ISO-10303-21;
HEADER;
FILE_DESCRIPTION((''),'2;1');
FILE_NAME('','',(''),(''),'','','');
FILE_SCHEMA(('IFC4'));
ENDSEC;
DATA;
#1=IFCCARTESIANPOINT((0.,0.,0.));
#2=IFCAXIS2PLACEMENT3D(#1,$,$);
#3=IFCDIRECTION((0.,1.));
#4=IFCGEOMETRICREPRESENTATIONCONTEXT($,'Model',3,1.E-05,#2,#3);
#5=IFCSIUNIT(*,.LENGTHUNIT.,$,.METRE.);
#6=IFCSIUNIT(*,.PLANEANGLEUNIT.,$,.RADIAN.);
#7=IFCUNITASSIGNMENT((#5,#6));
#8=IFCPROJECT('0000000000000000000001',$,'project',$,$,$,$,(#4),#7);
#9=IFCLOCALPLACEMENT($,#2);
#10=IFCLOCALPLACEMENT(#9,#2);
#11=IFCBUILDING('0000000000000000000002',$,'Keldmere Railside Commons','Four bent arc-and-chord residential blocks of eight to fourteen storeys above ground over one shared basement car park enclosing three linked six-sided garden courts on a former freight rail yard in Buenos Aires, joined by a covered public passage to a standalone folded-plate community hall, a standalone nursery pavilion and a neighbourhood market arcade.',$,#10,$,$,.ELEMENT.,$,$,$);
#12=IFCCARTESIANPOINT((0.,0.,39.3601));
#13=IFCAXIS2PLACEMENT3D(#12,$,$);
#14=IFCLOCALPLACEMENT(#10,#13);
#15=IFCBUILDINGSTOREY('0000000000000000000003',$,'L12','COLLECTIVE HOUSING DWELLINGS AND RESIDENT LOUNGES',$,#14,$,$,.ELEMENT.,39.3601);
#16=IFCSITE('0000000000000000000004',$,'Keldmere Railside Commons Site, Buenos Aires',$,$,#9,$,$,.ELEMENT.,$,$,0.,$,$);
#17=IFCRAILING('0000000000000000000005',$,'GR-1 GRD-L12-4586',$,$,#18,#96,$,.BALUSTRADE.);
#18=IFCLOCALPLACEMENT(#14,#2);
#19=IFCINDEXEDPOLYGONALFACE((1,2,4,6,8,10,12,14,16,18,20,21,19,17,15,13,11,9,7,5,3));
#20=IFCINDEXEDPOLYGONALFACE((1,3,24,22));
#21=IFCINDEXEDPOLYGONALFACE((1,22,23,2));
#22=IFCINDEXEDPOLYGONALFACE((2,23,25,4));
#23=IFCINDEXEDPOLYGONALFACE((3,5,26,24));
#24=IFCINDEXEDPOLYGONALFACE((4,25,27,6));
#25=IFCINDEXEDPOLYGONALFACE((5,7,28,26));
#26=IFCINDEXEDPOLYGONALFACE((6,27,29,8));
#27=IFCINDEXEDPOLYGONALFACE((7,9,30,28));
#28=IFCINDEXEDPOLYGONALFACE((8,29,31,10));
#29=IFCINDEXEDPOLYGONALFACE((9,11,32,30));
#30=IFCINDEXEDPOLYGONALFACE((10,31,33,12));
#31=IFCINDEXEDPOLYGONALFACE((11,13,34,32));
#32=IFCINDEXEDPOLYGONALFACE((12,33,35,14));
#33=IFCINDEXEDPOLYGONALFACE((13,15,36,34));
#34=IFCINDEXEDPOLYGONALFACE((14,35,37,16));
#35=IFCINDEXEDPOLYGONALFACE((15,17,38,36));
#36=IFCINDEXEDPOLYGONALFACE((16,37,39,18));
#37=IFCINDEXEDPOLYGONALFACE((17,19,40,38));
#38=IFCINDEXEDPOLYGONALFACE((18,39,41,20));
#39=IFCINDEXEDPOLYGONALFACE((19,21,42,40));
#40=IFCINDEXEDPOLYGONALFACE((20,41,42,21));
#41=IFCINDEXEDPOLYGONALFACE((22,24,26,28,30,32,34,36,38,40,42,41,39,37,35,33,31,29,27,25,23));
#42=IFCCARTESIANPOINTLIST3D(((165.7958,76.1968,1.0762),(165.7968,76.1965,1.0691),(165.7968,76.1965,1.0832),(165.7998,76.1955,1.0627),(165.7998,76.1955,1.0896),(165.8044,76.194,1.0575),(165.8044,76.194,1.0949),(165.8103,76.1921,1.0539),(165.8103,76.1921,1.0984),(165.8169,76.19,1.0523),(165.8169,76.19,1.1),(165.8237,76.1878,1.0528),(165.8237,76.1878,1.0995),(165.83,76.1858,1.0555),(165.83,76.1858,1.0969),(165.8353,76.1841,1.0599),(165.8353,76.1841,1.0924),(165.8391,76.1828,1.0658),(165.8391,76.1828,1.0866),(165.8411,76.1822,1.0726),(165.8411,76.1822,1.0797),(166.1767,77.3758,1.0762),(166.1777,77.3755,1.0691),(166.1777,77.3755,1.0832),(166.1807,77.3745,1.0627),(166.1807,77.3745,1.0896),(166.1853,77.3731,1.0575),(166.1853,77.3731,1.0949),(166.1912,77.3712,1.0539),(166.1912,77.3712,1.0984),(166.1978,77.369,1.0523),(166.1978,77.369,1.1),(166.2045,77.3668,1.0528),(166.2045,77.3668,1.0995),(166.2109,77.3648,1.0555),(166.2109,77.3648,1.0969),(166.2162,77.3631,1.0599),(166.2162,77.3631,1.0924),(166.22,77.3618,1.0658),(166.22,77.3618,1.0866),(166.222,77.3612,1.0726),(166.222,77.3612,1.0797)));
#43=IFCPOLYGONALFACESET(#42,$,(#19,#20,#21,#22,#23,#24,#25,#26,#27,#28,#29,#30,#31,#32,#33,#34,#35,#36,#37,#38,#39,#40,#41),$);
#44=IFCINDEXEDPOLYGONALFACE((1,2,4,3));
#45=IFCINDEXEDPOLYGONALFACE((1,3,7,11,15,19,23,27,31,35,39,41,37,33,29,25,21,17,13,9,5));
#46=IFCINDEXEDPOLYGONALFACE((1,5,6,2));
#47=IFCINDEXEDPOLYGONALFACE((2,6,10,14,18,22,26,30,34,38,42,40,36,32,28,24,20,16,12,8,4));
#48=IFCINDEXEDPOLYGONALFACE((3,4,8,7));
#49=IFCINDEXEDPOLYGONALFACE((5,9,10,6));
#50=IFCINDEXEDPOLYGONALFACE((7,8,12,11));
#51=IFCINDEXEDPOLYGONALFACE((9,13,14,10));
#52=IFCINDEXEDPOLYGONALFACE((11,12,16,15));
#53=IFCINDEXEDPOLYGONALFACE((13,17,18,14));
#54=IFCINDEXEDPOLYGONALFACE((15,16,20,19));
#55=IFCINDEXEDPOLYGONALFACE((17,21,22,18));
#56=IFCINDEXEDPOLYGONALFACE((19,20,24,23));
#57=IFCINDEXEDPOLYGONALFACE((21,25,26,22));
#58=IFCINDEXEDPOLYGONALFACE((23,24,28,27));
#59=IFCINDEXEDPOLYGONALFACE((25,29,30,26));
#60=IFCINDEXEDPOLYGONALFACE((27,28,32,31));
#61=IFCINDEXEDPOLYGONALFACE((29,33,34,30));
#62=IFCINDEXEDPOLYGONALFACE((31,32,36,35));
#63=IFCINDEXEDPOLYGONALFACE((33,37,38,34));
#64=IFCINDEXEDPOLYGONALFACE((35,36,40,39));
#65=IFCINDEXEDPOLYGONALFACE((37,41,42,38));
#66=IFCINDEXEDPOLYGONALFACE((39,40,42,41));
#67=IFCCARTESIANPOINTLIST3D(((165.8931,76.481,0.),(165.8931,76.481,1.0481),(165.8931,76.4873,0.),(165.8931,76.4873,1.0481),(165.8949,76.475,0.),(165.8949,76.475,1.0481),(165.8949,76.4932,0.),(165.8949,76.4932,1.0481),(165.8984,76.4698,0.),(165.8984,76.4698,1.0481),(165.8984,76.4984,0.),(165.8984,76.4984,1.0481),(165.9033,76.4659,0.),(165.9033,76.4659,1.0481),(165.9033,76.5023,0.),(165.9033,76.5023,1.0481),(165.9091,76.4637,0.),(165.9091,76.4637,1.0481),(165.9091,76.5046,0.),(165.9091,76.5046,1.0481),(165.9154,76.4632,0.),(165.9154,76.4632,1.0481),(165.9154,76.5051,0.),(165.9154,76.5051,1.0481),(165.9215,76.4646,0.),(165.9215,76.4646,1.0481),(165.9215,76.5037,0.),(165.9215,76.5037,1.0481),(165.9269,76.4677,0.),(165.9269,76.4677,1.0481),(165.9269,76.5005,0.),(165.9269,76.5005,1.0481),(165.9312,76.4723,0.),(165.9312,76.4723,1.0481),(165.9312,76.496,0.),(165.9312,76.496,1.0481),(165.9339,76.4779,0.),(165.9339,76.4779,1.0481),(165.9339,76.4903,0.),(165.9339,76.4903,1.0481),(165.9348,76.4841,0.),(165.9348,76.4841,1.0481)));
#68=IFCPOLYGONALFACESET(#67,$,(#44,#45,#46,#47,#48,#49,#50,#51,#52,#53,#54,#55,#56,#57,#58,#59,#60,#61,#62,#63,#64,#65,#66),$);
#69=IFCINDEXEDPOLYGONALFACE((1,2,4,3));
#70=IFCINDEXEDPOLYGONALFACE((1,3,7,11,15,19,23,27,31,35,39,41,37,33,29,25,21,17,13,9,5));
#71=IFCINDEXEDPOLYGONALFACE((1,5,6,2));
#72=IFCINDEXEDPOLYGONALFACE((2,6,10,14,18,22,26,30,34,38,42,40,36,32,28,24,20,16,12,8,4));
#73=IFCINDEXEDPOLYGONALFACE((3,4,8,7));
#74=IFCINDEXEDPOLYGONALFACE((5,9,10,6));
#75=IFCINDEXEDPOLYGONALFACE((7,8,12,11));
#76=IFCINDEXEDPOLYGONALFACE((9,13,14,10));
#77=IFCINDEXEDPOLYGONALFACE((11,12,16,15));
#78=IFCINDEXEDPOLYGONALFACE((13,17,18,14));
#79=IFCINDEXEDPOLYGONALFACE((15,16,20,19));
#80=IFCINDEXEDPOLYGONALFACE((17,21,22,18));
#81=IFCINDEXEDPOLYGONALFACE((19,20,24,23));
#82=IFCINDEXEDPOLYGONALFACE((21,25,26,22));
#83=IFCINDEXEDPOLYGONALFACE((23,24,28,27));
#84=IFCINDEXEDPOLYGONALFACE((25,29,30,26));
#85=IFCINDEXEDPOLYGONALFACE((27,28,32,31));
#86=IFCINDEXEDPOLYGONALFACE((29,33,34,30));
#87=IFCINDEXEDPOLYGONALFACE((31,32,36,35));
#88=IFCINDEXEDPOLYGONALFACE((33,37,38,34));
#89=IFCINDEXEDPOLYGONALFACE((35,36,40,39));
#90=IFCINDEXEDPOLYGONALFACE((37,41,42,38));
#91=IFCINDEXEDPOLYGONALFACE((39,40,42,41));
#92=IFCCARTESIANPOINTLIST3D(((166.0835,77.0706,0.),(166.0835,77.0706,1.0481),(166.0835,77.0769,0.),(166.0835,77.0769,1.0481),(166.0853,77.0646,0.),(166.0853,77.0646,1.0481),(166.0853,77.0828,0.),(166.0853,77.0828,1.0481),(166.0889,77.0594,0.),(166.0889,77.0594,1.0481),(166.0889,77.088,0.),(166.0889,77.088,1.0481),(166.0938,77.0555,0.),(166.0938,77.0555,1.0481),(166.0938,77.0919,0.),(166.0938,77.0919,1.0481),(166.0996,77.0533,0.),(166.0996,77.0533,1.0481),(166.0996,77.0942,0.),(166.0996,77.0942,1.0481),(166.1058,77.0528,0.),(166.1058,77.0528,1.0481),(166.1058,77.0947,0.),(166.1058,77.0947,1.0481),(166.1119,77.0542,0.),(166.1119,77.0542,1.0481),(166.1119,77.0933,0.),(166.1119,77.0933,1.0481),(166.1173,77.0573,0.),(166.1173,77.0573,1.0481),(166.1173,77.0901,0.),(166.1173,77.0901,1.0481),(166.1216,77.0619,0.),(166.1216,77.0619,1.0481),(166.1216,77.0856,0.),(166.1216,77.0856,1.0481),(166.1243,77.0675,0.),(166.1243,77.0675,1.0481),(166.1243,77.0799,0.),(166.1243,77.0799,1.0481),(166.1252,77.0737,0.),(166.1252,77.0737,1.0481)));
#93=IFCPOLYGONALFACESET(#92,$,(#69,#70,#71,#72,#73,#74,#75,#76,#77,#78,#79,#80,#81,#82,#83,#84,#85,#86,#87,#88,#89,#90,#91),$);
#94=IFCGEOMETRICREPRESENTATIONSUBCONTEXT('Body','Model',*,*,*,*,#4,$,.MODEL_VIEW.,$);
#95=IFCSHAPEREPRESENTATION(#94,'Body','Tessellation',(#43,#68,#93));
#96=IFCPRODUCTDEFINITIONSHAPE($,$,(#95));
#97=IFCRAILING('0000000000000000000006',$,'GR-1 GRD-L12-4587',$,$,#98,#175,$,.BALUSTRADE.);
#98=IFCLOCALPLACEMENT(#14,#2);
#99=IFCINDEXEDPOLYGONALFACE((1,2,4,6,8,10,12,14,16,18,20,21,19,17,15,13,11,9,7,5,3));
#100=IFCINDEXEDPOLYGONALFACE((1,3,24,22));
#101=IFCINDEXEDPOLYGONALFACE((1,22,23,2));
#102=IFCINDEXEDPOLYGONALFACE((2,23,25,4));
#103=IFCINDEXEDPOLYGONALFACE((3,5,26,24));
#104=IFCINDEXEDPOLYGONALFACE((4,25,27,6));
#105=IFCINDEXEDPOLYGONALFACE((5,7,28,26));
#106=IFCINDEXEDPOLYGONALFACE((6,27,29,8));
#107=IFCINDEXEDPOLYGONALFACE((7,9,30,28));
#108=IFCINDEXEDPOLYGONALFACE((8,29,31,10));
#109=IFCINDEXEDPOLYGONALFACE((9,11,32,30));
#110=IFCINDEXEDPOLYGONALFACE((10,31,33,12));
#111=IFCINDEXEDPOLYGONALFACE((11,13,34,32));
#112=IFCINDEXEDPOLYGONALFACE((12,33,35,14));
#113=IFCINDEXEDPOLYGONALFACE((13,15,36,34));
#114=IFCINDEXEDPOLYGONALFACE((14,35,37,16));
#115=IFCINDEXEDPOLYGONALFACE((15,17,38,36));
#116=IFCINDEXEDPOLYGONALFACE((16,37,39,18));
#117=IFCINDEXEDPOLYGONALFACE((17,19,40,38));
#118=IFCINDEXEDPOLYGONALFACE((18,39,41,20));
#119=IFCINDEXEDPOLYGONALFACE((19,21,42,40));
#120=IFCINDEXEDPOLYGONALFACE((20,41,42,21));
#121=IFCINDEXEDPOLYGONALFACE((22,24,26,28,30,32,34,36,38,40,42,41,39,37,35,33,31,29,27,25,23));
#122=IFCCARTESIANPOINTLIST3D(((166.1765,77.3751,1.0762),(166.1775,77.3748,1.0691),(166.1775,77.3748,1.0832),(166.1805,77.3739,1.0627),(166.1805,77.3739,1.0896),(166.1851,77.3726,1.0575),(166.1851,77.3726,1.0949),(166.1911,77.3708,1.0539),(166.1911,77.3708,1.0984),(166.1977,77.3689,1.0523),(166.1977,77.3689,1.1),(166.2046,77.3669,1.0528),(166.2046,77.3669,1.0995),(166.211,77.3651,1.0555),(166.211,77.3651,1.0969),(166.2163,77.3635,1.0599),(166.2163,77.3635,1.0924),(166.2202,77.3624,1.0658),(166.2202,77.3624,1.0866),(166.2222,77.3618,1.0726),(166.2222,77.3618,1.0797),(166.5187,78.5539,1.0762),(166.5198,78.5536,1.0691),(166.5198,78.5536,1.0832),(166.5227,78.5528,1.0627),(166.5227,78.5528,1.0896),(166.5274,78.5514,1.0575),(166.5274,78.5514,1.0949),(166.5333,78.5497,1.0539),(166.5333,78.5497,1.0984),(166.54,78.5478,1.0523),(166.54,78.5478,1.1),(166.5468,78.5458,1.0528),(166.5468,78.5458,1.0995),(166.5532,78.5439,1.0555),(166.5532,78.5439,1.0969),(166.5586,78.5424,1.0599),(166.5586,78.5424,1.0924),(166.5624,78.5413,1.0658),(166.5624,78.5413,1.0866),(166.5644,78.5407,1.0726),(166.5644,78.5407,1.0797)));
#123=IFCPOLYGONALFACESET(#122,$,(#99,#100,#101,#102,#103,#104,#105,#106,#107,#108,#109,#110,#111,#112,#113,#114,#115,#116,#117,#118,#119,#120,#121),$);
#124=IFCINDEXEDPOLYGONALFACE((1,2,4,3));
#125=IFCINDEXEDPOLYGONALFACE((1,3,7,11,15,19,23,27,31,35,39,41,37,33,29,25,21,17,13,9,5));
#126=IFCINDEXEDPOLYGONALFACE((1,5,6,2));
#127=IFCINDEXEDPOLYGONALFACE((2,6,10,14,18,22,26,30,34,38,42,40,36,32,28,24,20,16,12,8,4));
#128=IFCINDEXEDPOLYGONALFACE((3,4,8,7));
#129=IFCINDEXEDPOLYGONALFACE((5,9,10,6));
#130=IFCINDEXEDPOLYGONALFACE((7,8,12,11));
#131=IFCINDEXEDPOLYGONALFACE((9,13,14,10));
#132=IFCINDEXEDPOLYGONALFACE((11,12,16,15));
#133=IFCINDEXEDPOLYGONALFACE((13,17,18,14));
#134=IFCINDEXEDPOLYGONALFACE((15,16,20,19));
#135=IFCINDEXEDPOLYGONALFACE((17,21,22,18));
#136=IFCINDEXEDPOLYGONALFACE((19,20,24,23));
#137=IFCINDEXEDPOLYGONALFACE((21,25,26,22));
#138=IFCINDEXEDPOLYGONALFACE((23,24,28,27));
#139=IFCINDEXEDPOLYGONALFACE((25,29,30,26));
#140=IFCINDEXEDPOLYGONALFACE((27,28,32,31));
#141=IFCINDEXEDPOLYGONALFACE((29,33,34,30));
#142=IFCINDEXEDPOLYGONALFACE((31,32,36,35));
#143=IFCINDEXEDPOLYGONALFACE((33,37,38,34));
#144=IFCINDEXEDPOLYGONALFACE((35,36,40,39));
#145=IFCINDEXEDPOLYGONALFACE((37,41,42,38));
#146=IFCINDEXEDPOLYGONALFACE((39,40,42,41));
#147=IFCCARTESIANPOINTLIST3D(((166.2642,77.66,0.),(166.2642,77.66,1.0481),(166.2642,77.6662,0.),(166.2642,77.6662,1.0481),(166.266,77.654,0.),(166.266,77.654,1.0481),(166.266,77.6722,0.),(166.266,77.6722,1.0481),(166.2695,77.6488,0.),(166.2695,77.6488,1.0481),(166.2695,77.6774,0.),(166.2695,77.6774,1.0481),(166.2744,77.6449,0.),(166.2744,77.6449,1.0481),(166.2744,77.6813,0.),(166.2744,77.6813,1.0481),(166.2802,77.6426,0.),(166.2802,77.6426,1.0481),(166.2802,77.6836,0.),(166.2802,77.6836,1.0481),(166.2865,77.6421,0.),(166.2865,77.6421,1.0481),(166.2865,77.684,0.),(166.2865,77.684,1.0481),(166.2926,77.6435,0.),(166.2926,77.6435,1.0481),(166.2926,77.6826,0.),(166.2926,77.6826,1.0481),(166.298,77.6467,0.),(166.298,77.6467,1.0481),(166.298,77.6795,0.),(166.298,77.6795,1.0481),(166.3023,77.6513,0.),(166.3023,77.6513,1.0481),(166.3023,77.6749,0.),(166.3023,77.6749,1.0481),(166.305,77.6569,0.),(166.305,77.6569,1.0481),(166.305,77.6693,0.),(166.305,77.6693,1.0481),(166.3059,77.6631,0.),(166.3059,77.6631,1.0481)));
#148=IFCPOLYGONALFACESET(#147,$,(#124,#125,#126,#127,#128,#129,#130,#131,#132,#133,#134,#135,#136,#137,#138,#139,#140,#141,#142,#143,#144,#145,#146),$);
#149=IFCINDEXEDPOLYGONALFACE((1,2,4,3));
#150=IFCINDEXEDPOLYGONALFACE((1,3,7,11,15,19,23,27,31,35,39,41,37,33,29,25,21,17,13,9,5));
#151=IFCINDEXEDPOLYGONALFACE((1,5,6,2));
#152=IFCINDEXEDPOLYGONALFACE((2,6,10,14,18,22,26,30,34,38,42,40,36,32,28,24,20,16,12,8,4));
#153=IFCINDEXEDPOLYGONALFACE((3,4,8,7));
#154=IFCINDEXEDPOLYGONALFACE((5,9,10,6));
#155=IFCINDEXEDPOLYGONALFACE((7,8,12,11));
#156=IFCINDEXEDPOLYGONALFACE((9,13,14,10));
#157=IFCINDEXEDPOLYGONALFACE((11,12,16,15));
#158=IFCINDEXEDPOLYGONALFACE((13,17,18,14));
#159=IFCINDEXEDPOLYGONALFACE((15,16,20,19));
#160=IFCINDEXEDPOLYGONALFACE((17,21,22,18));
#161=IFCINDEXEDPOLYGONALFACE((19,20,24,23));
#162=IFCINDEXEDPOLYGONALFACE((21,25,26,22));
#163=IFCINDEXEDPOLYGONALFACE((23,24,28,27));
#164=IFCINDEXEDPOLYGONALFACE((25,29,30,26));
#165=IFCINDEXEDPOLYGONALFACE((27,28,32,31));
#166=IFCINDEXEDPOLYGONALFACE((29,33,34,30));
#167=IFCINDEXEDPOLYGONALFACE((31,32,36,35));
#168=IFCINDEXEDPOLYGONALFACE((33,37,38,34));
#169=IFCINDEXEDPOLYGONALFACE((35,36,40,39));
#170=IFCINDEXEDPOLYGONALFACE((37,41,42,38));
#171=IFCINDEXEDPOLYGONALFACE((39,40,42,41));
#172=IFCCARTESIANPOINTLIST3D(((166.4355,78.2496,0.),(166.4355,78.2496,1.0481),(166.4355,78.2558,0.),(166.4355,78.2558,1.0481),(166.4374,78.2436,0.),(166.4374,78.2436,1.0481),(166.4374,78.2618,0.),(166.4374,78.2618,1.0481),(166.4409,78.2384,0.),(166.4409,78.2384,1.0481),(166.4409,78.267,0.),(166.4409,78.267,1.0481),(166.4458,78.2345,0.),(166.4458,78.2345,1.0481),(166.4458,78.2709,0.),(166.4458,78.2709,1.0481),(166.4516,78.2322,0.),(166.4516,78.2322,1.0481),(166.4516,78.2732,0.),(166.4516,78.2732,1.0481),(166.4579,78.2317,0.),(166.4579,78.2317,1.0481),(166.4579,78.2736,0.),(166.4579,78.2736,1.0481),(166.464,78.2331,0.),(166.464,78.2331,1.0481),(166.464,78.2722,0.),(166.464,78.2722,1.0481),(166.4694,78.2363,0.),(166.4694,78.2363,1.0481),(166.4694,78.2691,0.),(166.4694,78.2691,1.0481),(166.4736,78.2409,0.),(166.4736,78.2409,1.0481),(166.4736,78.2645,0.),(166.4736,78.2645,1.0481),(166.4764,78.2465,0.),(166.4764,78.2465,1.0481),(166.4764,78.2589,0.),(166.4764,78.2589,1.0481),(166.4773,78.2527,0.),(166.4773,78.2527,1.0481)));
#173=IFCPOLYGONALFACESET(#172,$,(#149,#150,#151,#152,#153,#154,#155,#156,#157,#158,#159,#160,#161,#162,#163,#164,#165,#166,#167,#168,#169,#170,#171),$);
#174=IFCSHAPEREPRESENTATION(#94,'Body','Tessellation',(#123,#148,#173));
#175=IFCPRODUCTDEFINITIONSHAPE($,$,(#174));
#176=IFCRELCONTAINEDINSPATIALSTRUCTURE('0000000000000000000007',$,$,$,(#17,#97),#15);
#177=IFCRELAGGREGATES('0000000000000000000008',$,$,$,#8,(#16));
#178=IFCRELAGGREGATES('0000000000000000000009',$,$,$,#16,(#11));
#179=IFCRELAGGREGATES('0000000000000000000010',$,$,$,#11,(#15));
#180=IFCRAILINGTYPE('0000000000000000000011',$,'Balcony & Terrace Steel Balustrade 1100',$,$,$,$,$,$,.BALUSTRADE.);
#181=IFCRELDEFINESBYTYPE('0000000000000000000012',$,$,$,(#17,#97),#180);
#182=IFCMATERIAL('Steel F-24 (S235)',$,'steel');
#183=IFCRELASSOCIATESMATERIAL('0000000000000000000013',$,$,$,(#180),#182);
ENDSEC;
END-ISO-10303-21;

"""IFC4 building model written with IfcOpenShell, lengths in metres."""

from ifc_helpers import new_model, si_unit, direction, frame, origin, origin_2d, place, context, subcontext, project, spatial, circle, extrude, material, type_object, element, save


model = new_model("IFC4")

# Units and contexts
model_context = context("Model", 3, precision=1e-05, world=origin(), true_north=direction((0.0, 1.0)))
body_context = subcontext(model_context, "Body", "Model", "MODEL_VIEW")
ifc_project = project(units=[si_unit("LENGTHUNIT", "METRE"), si_unit("PLANEANGLEUNIT", "RADIAN")], contexts=[model_context])

# Site, building, storey
site_placement = place(None, origin())
site = spatial("IfcSite", under=ifc_project, at=site_placement, Name="Keldmere Railside Commons Site, Buenos Aires", CompositionType="ELEMENT", RefElevation=0.0)
building_placement = place(site_placement, origin())
building = spatial("IfcBuilding", under=site, at=building_placement, Name="Keldmere Railside Commons", Description="Four bent arc-and-chord residential blocks of eight to fourteen storeys above ground over one shared basement car park enclosing three linked six-sided garden courts on a former freight rail yard in Buenos Aires, joined by a covered public passage to a standalone folded-plate community hall, a standalone nursery pavilion and a neighbourhood market arcade.", CompositionType="ELEMENT")
storey_placement = place(building_placement, frame((0.0, 0.0, 39.3601)))
storey = spatial("IfcBuildingStorey", under=building, at=storey_placement, Name="L12", Description="COLLECTIVE HOUSING DWELLINGS AND RESIDENT LOUNGES", CompositionType="ELEMENT", Elevation=39.3601)

# Railings
ifc_material_1 = material(Name="Steel F-24 (S235)", Category="steel")
railing_type = type_object("IfcRailingType", Name="Balcony & Terrace Steel Balustrade 1100", PredefinedType="BALUSTRADE", material=ifc_material_1)
railing_1_placement = place(storey_placement, frame((165.8186, 76.1895, 0.0)))
element("IfcRailing", 1, at=railing_1_placement, inside=storey, type_object=railing_type, Name="GR-1 GRD-L12-4586", PredefinedType="BALUSTRADE", context=body_context, shape_type="SweptSolid", body=[
    extrude(circle(Radius=0.0239, at=origin_2d()), frame((0.0, 0.0, 1.0762), z_axis=(0.307406, 0.951579, 0.0), x_axis=(-0.951579, 0.307406, 0.0)), (0.0, 0.0, 1.0), 1.239),
    extrude(circle(Radius=0.021, at=origin_2d()), frame((0.0952, 0.2947, 0.0)), (0.0, 0.0, 1.0), 1.0481),
    extrude(circle(Radius=0.021, at=origin_2d()), frame((0.2856, 0.8843, 0.0)), (0.0, 0.0, 1.0), 1.0481),
])
railing_2_placement = place(storey_placement, frame((166.1995, 77.3684, 0.0)))
element("IfcRailing", 2, at=railing_2_placement, inside=storey, type_object=railing_type, Name="GR-1 GRD-L12-4587", PredefinedType="BALUSTRADE", context=body_context, shape_type="SweptSolid", body=[
    extrude(circle(Radius=0.0239, at=origin_2d()), frame((0.0, 0.0, 1.0762), z_axis=(0.278816, 0.960345, 0.0), x_axis=(-0.960345, 0.278816, 0.0)), (0.0, 0.0, 1.0), 1.2275),
    extrude(circle(Radius=0.021, at=origin_2d()), frame((0.0854, 0.2947, 0.0)), (0.0, 0.0, 1.0), 1.0481),
    extrude(circle(Radius=0.021, at=origin_2d()), frame((0.2568, 0.8843, 0.0)), (0.0, 0.0, 1.0), 1.0481),
])

save(model, "model.ifc")
